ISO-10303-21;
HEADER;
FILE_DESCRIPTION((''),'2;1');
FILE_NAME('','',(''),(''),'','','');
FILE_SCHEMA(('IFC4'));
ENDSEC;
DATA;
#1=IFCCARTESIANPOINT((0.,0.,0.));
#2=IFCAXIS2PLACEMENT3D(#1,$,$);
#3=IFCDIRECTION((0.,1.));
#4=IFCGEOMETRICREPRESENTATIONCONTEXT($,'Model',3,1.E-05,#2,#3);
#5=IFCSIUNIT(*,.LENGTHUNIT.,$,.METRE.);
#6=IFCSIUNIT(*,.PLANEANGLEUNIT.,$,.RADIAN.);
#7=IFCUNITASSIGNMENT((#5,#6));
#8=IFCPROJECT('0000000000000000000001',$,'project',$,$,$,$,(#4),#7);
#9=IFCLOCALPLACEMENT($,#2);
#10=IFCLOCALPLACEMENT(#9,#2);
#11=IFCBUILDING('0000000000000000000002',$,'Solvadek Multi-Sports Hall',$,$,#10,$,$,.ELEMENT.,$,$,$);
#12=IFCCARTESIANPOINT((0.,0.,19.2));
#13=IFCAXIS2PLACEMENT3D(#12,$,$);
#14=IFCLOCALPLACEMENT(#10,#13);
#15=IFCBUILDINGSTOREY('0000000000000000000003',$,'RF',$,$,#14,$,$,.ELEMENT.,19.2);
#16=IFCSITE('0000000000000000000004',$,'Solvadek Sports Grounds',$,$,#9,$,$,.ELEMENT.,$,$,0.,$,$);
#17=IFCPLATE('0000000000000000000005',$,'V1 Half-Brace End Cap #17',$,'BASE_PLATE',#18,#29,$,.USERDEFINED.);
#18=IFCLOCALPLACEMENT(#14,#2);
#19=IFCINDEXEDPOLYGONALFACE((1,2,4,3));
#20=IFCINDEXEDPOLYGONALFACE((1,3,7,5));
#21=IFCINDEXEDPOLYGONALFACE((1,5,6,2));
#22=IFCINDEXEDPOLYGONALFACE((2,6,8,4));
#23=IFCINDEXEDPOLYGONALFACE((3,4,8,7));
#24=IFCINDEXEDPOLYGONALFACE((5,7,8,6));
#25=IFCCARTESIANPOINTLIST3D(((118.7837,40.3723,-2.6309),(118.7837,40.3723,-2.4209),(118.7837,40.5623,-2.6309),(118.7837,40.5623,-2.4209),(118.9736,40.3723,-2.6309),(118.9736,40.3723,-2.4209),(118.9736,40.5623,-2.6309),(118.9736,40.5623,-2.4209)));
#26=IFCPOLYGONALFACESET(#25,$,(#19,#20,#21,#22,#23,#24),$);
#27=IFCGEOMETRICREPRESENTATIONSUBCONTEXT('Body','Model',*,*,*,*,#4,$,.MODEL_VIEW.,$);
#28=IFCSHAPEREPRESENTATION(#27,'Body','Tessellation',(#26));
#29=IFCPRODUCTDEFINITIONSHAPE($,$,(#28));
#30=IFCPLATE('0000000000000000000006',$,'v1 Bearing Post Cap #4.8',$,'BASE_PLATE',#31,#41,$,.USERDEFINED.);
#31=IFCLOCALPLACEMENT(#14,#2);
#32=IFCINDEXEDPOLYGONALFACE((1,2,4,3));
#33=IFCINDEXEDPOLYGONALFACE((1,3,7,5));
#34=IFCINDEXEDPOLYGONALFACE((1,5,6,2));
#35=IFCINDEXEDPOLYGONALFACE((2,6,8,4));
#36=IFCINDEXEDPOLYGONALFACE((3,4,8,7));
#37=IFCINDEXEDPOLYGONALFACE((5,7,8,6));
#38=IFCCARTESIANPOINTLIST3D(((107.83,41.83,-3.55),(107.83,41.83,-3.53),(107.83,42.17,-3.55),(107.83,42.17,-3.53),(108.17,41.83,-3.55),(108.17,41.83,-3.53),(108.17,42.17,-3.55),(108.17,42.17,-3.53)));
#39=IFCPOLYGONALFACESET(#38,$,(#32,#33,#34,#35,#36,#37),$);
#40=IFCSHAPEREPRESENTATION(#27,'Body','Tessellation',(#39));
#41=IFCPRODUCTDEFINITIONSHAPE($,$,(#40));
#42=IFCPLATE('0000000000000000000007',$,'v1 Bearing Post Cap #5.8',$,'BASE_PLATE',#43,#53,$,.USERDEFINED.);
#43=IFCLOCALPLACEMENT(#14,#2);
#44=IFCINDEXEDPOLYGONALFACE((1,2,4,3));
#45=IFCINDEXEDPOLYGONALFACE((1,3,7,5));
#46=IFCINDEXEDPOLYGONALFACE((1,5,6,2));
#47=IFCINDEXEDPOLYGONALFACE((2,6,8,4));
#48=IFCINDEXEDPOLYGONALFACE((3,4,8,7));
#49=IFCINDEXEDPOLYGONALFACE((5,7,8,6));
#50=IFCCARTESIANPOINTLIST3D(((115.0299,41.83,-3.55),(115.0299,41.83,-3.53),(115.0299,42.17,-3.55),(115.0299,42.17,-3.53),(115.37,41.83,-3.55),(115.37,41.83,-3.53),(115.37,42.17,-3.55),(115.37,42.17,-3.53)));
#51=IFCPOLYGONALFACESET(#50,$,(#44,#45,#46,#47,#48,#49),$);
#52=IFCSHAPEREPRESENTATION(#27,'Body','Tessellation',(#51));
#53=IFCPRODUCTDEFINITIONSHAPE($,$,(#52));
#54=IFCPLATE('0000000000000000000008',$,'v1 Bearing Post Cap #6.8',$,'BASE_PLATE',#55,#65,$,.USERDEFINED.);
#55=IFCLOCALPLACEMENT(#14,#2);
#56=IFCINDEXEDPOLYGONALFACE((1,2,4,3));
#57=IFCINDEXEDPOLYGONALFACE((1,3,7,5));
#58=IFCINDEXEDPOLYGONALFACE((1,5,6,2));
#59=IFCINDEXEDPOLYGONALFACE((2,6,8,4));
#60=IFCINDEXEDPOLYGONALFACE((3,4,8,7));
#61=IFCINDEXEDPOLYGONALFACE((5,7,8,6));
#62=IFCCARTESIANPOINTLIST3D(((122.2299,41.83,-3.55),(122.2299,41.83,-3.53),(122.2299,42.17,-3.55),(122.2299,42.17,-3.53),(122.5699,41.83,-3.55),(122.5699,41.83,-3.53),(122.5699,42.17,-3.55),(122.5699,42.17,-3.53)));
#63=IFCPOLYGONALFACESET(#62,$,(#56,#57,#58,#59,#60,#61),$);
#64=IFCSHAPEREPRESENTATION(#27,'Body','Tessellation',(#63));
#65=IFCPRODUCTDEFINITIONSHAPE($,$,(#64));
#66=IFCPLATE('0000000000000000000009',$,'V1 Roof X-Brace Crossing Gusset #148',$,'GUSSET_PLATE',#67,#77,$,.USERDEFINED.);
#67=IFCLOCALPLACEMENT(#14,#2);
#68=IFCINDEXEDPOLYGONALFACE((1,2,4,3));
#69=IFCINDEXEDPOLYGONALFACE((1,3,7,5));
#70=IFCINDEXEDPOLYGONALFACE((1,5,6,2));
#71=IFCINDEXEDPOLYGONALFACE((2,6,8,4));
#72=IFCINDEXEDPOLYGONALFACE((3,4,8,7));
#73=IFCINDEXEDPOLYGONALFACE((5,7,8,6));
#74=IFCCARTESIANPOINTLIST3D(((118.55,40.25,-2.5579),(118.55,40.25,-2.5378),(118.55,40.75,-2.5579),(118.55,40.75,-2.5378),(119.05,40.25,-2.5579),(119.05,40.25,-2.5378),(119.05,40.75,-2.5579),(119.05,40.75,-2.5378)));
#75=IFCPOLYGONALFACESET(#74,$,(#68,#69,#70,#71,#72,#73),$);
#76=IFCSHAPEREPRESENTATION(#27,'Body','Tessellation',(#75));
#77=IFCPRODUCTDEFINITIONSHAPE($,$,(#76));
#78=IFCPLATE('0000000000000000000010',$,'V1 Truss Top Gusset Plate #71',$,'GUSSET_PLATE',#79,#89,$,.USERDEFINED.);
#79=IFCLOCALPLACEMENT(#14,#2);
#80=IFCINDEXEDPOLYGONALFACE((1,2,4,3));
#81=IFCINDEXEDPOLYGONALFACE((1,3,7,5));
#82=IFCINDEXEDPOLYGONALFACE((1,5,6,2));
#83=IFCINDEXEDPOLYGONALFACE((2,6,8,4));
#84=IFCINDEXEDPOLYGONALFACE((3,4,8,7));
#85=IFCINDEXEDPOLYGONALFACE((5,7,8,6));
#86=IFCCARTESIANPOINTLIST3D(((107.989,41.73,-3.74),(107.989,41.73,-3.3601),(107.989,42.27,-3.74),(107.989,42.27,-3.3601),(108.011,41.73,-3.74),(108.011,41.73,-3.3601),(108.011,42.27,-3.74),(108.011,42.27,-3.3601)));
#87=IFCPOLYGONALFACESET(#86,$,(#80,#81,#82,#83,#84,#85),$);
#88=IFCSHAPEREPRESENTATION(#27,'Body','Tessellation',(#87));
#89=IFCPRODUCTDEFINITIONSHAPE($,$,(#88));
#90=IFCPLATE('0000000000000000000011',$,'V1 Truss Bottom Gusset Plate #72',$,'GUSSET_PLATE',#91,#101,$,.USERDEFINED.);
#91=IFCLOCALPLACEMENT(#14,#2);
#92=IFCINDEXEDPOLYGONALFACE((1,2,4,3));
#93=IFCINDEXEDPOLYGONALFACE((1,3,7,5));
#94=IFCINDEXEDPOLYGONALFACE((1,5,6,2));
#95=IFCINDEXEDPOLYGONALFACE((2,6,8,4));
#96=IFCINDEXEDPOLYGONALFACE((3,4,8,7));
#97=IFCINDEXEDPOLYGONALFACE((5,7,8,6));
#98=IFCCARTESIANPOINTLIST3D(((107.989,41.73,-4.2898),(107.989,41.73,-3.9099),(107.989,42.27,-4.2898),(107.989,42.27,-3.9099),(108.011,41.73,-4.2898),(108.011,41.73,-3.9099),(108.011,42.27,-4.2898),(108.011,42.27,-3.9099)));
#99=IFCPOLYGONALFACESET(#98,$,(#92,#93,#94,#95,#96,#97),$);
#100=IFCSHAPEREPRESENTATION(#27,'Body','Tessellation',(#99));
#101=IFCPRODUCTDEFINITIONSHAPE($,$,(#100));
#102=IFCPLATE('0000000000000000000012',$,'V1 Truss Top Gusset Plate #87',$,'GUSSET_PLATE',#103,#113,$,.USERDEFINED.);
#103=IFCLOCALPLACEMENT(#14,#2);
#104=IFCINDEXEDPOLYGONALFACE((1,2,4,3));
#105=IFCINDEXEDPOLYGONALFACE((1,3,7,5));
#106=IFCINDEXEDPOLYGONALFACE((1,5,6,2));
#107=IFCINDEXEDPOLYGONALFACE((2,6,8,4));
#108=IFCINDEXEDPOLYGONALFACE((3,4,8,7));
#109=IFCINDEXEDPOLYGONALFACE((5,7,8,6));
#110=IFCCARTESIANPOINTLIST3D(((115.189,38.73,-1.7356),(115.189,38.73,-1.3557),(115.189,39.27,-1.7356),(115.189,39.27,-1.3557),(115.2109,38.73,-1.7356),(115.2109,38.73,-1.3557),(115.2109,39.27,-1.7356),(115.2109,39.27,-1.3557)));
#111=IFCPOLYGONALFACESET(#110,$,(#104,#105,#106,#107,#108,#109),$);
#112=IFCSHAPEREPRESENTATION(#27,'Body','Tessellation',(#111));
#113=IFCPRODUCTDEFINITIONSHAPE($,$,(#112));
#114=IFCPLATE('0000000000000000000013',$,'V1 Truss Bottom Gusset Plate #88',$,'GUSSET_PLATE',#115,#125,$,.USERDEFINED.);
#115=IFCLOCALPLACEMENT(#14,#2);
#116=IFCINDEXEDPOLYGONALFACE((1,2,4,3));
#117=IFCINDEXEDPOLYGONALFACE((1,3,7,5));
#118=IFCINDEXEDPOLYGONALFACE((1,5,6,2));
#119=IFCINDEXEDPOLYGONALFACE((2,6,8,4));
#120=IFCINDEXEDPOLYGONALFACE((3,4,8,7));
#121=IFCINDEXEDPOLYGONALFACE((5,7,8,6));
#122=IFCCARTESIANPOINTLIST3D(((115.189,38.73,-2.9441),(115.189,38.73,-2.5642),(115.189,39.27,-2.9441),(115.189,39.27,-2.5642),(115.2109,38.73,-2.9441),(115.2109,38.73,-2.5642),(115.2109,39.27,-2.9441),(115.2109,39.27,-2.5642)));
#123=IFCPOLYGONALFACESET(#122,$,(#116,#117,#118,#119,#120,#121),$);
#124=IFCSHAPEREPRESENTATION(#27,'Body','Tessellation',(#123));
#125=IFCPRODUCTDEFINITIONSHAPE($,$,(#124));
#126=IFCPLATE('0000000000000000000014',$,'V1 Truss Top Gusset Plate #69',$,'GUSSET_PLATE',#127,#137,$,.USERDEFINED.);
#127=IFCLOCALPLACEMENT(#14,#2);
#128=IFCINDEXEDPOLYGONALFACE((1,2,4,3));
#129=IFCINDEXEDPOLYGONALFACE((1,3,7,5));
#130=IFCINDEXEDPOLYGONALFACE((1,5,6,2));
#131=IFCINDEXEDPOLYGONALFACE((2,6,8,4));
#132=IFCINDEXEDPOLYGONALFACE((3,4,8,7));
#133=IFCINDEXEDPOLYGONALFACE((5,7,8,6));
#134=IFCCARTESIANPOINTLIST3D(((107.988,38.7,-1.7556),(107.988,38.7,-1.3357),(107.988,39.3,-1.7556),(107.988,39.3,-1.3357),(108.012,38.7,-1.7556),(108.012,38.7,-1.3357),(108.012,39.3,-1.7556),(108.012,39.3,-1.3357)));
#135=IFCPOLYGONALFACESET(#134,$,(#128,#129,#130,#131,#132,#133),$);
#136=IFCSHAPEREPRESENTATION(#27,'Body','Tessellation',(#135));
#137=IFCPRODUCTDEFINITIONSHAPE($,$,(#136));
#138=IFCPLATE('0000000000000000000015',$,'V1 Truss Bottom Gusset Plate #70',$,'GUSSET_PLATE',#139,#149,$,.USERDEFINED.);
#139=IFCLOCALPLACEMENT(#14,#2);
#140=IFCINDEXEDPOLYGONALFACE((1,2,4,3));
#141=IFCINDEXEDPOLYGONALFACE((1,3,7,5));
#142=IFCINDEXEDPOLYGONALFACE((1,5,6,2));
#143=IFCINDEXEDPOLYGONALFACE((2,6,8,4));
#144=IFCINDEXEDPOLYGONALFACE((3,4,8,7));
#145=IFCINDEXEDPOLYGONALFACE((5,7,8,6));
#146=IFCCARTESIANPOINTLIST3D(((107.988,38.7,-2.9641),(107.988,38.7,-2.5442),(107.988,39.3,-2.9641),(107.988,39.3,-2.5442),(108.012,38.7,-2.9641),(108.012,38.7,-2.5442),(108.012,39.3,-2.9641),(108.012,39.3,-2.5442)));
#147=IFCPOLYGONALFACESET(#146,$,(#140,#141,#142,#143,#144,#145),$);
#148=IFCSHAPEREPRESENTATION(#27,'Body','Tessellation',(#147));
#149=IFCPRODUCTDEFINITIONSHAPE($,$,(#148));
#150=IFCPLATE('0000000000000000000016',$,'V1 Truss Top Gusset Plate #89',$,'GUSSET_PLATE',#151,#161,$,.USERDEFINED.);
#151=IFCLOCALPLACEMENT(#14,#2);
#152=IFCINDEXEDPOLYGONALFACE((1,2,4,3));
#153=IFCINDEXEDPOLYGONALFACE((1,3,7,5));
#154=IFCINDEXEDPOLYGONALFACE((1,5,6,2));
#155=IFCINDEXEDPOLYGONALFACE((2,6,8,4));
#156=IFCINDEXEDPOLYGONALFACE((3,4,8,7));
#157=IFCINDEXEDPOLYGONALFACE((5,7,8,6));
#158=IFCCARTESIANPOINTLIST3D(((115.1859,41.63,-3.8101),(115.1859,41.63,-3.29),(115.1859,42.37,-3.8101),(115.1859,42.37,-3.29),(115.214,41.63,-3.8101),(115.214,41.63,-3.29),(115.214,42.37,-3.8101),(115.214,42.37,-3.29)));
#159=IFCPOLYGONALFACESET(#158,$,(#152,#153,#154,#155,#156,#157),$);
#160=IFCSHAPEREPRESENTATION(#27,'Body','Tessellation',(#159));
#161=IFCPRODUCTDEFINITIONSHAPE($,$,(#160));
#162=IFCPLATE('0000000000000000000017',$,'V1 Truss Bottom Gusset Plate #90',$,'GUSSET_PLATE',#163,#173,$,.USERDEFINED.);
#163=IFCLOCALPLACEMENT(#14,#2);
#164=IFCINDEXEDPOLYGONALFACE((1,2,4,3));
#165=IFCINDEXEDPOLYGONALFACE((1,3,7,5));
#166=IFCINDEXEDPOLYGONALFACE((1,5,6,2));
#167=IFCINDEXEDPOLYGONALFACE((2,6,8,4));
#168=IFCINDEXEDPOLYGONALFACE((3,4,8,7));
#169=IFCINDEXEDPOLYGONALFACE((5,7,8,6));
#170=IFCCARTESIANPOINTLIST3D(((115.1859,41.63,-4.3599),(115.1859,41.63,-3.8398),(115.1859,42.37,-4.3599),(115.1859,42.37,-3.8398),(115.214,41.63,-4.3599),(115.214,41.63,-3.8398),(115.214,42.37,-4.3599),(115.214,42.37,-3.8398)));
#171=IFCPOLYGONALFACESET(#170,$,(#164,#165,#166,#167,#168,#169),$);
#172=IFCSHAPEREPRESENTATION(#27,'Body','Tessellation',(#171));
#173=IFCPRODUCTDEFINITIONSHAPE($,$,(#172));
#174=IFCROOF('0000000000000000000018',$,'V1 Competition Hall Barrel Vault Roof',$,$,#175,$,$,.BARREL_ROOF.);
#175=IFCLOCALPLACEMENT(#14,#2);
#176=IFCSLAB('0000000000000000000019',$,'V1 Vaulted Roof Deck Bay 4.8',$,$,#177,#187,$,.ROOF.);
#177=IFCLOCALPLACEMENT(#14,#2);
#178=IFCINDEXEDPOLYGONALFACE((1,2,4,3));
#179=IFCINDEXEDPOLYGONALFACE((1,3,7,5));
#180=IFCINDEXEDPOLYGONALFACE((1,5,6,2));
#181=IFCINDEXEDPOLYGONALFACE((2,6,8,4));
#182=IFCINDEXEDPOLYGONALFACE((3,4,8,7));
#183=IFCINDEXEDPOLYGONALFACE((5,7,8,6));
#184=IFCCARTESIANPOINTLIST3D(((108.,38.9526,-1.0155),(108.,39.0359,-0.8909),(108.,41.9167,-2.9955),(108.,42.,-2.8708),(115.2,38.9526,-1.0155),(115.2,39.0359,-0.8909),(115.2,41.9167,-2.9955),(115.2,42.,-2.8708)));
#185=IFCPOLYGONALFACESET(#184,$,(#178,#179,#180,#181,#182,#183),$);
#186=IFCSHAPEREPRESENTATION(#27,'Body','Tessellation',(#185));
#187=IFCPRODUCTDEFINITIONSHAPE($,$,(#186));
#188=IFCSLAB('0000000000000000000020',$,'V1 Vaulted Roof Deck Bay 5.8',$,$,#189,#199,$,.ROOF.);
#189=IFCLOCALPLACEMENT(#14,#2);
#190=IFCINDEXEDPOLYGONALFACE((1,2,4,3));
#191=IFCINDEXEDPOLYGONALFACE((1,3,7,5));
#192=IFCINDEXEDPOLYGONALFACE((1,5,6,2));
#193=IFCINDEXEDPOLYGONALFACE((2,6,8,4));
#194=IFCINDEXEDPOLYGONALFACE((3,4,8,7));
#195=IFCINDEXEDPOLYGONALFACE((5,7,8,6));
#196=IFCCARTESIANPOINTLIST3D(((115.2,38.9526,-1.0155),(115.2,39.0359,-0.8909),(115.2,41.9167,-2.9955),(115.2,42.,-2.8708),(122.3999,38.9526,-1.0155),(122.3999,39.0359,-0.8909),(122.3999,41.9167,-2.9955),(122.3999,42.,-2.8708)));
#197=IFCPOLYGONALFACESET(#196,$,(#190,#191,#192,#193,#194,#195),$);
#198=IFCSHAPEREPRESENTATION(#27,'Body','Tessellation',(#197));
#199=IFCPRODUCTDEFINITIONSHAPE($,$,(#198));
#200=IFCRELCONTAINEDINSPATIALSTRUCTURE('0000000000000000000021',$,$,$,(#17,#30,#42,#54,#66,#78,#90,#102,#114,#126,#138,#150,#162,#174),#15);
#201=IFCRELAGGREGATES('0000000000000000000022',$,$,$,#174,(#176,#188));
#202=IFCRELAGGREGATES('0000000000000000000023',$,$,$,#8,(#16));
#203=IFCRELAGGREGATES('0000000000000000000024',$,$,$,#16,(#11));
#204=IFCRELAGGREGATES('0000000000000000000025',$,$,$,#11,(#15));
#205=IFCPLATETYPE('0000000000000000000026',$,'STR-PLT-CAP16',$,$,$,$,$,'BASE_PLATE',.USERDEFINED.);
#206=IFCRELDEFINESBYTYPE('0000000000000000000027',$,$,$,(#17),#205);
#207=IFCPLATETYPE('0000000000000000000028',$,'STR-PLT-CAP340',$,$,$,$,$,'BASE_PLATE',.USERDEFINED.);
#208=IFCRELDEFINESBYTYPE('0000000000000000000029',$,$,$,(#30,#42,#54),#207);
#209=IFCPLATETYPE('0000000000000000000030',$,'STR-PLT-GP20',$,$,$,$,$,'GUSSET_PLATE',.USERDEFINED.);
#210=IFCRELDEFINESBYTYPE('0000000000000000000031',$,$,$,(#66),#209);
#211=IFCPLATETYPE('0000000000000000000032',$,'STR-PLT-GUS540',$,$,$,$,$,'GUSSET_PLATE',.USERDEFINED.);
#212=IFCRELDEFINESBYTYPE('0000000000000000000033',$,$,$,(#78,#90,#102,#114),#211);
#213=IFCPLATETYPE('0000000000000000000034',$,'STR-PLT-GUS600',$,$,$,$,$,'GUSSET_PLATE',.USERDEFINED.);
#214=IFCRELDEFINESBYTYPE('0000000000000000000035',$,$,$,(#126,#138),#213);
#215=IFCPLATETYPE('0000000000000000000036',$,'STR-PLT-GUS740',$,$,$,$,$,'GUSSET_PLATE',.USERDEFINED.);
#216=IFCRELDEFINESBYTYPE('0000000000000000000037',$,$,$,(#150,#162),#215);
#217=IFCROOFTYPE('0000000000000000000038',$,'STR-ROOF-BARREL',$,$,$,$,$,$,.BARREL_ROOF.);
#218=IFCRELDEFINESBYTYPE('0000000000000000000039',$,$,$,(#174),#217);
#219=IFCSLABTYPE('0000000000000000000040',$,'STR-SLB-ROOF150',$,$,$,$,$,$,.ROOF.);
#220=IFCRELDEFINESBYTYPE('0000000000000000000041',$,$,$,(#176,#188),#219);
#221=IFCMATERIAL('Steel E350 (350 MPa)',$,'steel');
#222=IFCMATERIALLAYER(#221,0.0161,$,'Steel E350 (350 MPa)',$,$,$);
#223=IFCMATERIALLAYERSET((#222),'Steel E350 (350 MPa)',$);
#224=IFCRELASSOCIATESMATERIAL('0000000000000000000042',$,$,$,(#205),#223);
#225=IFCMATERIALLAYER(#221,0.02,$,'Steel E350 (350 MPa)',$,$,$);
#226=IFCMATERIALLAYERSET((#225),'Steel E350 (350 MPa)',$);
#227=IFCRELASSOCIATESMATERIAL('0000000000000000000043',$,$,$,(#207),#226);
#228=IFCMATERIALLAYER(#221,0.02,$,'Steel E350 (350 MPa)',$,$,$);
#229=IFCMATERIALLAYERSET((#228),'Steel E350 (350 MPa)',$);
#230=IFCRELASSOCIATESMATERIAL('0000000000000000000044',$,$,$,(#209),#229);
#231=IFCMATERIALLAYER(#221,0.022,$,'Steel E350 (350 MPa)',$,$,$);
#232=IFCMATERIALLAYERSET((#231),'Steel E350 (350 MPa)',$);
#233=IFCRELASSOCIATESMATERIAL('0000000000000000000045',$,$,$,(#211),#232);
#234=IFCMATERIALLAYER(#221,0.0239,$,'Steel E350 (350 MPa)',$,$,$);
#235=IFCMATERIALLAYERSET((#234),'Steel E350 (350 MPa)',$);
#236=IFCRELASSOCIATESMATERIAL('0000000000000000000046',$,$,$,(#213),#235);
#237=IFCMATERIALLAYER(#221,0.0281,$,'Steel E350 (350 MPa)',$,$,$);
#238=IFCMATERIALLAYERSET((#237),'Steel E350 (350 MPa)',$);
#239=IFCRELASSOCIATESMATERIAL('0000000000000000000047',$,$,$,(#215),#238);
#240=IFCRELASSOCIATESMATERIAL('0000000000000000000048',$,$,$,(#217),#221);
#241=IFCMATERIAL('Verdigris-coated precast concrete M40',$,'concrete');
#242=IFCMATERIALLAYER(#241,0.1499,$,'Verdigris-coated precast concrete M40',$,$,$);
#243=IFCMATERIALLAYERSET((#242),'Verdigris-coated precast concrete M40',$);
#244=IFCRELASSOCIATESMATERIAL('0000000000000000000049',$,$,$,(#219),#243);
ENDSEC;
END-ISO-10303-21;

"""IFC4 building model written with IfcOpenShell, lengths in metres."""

from ifc_helpers import new_model, si_unit, direction, frame, origin, origin_2d, place, context, subcontext, project, spatial, polyline, rectangle, outline, extrude, material, layer, layer_set, type_object, element, aggregate, save


model = new_model("IFC4")

# Units and contexts
model_context = context("Model", 3, precision=1e-05, world=origin(), true_north=direction((0.0, 1.0)))
body_context = subcontext(model_context, "Body", "Model", "MODEL_VIEW")
ifc_project = project(units=[si_unit("LENGTHUNIT", "METRE"), si_unit("PLANEANGLEUNIT", "RADIAN")], contexts=[model_context])

# Site, building, storey
site_placement = place(None, origin())
site = spatial("IfcSite", under=ifc_project, at=site_placement, Name="Solvadek Sports Grounds", CompositionType="ELEMENT", RefElevation=0.0)
building_placement = place(site_placement, origin())
building = spatial("IfcBuilding", under=site, at=building_placement, Name="Solvadek Multi-Sports Hall", CompositionType="ELEMENT")
storey_placement = place(building_placement, frame((0.0, 0.0, 19.2)))
storey = spatial("IfcBuildingStorey", under=building, at=storey_placement, Name="RF", CompositionType="ELEMENT", Elevation=19.2)

# Shared definitions
ifc_material_1 = material(Name="Steel E350 (350 MPa)", Category="steel")

# Plates
ifc_layer_1 = layer(ifc_material_1, 0.0161, Name="Steel E350 (350 MPa)")
ifc_layer_set_1 = layer_set([ifc_layer_1], Name="Steel E350 (350 MPa)")
plate_type_1 = type_object("IfcPlateType", Name="STR-PLT-CAP16", ElementType="BASE_PLATE", PredefinedType="USERDEFINED", material=ifc_layer_set_1)
for number, where, z_axis, x_axis, name in (
    (1, (118.8787, 40.4673, -2.6309), (0.0, 0.0, 1.0), (1.0, 0.0, 0.0), "V1 Half-Brace End Cap #17"),
):
    element("IfcPlate", number, at=place(storey_placement, frame(where, z_axis=z_axis, x_axis=x_axis)), inside=storey, type_object=plate_type_1, Name=name, ObjectType="BASE_PLATE", PredefinedType="USERDEFINED", context=body_context, shape_type="SweptSolid", body=[
        extrude(rectangle(XDim=0.1899, YDim=0.1899, at=origin_2d()), origin(), (0.0, 0.0, 1.0), 0.21),
    ])
ifc_layer_2 = layer(ifc_material_1, 0.02, Name="Steel E350 (350 MPa)")
ifc_layer_set_2 = layer_set([ifc_layer_2], Name="Steel E350 (350 MPa)")
plate_type_2 = type_object("IfcPlateType", Name="STR-PLT-CAP340", ElementType="BASE_PLATE", PredefinedType="USERDEFINED", material=ifc_layer_set_2)
for number, where, z_axis, x_axis, name in (
    (2, (108.0, 42.0, -3.55), (0.0, 0.0, 1.0), (1.0, 0.0, 0.0), "v1 Bearing Post Cap #4.8"),
    (3, (115.2, 42.0, -3.55), (0.0, 0.0, 1.0), (1.0, 0.0, 0.0), "v1 Bearing Post Cap #5.8"),
    (4, (122.3999, 42.0, -3.55), (0.0, 0.0, 1.0), (1.0, 0.0, 0.0), "v1 Bearing Post Cap #6.8"),
):
    element("IfcPlate", number, at=place(storey_placement, frame(where, z_axis=z_axis, x_axis=x_axis)), inside=storey, type_object=plate_type_2, Name=name, ObjectType="BASE_PLATE", PredefinedType="USERDEFINED", context=body_context, shape_type="SweptSolid", body=[
        extrude(rectangle(XDim=0.3401, YDim=0.3401, at=origin_2d()), origin(), (0.0, 0.0, 1.0), 0.02),
    ])
ifc_layer_3 = layer(ifc_material_1, 0.02, Name="Steel E350 (350 MPa)")
ifc_layer_set_3 = layer_set([ifc_layer_3], Name="Steel E350 (350 MPa)")
plate_type_3 = type_object("IfcPlateType", Name="STR-PLT-GP20", ElementType="GUSSET_PLATE", PredefinedType="USERDEFINED", material=ifc_layer_set_3)
plate_placement = place(storey_placement, frame((118.8, 40.5, -2.5579), z_axis=(0.0, 0.0, 1.0), x_axis=(1.0, 0.0, 0.0)))
element("IfcPlate", 5, at=plate_placement, inside=storey, type_object=plate_type_3, Name="V1 Roof X-Brace Crossing Gusset #148", ObjectType="GUSSET_PLATE", PredefinedType="USERDEFINED", context=body_context, shape_type="SweptSolid", body=[
    extrude(rectangle(XDim=0.5, YDim=0.5, at=origin_2d()), origin(), (0.0, 0.0, 1.0), 0.02),
])
ifc_layer_4 = layer(ifc_material_1, 0.022, Name="Steel E350 (350 MPa)")
ifc_layer_set_4 = layer_set([ifc_layer_4], Name="Steel E350 (350 MPa)")
plate_type_4 = type_object("IfcPlateType", Name="STR-PLT-GUS540", ElementType="GUSSET_PLATE", PredefinedType="USERDEFINED", material=ifc_layer_set_4)
for number, where, z_axis, x_axis, name in (
    (6, (108.0, 42.0, -3.74), (0.0, 0.0, 1.0), (0.0, 1.0, 0.0), "V1 Truss Top Gusset Plate #71"),
    (7, (108.0, 42.0, -4.2898), (0.0, 0.0, 1.0), (0.0, 1.0, 0.0), "V1 Truss Bottom Gusset Plate #72"),
    (8, (115.2, 39.0, -1.7356), (0.0, 0.0, 1.0), (0.0, 1.0, 0.0), "V1 Truss Top Gusset Plate #87"),
    (9, (115.2, 39.0, -2.9441), (0.0, 0.0, 1.0), (0.0, 1.0, 0.0), "V1 Truss Bottom Gusset Plate #88"),
):
    element("IfcPlate", number, at=place(storey_placement, frame(where, z_axis=z_axis, x_axis=x_axis)), inside=storey, type_object=plate_type_4, Name=name, ObjectType="GUSSET_PLATE", PredefinedType="USERDEFINED", context=body_context, shape_type="SweptSolid", body=[
        extrude(rectangle(XDim=0.54, YDim=0.022, at=origin_2d()), origin(), (0.0, 0.0, 1.0), 0.3799),
    ])
ifc_layer_5 = layer(ifc_material_1, 0.0239, Name="Steel E350 (350 MPa)")
ifc_layer_set_5 = layer_set([ifc_layer_5], Name="Steel E350 (350 MPa)")
plate_type_5 = type_object("IfcPlateType", Name="STR-PLT-GUS600", ElementType="GUSSET_PLATE", PredefinedType="USERDEFINED", material=ifc_layer_set_5)
for number, where, z_axis, x_axis, name in (
    (10, (108.0, 39.0, -1.7556), (0.0, 0.0, 1.0), (0.0, 1.0, 0.0), "V1 Truss Top Gusset Plate #69"),
    (11, (108.0, 39.0, -2.9641), (0.0, 0.0, 1.0), (0.0, 1.0, 0.0), "V1 Truss Bottom Gusset Plate #70"),
):
    element("IfcPlate", number, at=place(storey_placement, frame(where, z_axis=z_axis, x_axis=x_axis)), inside=storey, type_object=plate_type_5, Name=name, ObjectType="GUSSET_PLATE", PredefinedType="USERDEFINED", context=body_context, shape_type="SweptSolid", body=[
        extrude(rectangle(XDim=0.6001, YDim=0.0239, at=origin_2d()), origin(), (0.0, 0.0, 1.0), 0.4199),
    ])
ifc_layer_6 = layer(ifc_material_1, 0.0281, Name="Steel E350 (350 MPa)")
ifc_layer_set_6 = layer_set([ifc_layer_6], Name="Steel E350 (350 MPa)")
plate_type_6 = type_object("IfcPlateType", Name="STR-PLT-GUS740", ElementType="GUSSET_PLATE", PredefinedType="USERDEFINED", material=ifc_layer_set_6)
for number, where, z_axis, x_axis, name in (
    (12, (115.2, 42.0, -3.8101), (0.0, 0.0, 1.0), (0.0, 1.0, 0.0), "V1 Truss Top Gusset Plate #89"),
    (13, (115.2, 42.0, -4.3599), (0.0, 0.0, 1.0), (0.0, 1.0, 0.0), "V1 Truss Bottom Gusset Plate #90"),
):
    element("IfcPlate", number, at=place(storey_placement, frame(where, z_axis=z_axis, x_axis=x_axis)), inside=storey, type_object=plate_type_6, Name=name, ObjectType="GUSSET_PLATE", PredefinedType="USERDEFINED", context=body_context, shape_type="SweptSolid", body=[
        extrude(rectangle(XDim=0.74, YDim=0.0281, at=origin_2d()), origin(), (0.0, 0.0, 1.0), 0.52),
    ])

# Roof, slabs
roof_type = type_object("IfcRoofType", Name="STR-ROOF-BARREL", PredefinedType="BARREL_ROOF", material=ifc_material_1)
roof_placement = place(storey_placement, origin())
roof = element("IfcRoof", 14, at=roof_placement, inside=storey, type_object=roof_type, Name="V1 Competition Hall Barrel Vault Roof", PredefinedType="BARREL_ROOF")
ifc_material_2 = material(Name="Verdigris-coated precast concrete M40", Category="concrete")
ifc_layer_7 = layer(ifc_material_2, 0.1499, Name="Verdigris-coated precast concrete M40")
ifc_layer_set_7 = layer_set([ifc_layer_7], Name="Verdigris-coated precast concrete M40")
slab_type = type_object("IfcSlabType", Name="STR-SLB-ROOF150", PredefinedType="ROOF", material=ifc_layer_set_7)
slab_1_placement = place(storey_placement, frame((108.0, 39.0359, -0.8909), z_axis=(0.0, 0.555459, 0.831544), x_axis=(1.0, 0.0, 0.0)))
slab_1 = element("IfcSlab", 15, at=slab_1_placement, type_object=slab_type, Name="V1 Vaulted Roof Deck Bay 4.8", PredefinedType="ROOF", context=body_context, shape_type="SweptSolid", body=[
    extrude(outline(polyline([(0.0, 0.0), (7.2, 0.0), (7.2, 3.5646), (0.0, 3.5646), (0.0, 0.0)])), origin(), (0.0, 0.0, -1.0), 0.1499),
])
slab_2_placement = place(storey_placement, frame((115.2, 39.0359, -0.8909), z_axis=(0.0, 0.555459, 0.831544), x_axis=(1.0, 0.0, 0.0)))
slab_2 = element("IfcSlab", 16, at=slab_2_placement, type_object=slab_type, Name="V1 Vaulted Roof Deck Bay 5.8", PredefinedType="ROOF", context=body_context, shape_type="SweptSolid", body=[
    extrude(outline(polyline([(0.0, 0.0), (7.2, 0.0), (7.2, 3.5646), (0.0, 3.5646), (0.0, 0.0)])), origin(), (0.0, 0.0, -1.0), 0.1499),
])
aggregate(roof, [slab_1, slab_2])

save(model, "model.ifc")
